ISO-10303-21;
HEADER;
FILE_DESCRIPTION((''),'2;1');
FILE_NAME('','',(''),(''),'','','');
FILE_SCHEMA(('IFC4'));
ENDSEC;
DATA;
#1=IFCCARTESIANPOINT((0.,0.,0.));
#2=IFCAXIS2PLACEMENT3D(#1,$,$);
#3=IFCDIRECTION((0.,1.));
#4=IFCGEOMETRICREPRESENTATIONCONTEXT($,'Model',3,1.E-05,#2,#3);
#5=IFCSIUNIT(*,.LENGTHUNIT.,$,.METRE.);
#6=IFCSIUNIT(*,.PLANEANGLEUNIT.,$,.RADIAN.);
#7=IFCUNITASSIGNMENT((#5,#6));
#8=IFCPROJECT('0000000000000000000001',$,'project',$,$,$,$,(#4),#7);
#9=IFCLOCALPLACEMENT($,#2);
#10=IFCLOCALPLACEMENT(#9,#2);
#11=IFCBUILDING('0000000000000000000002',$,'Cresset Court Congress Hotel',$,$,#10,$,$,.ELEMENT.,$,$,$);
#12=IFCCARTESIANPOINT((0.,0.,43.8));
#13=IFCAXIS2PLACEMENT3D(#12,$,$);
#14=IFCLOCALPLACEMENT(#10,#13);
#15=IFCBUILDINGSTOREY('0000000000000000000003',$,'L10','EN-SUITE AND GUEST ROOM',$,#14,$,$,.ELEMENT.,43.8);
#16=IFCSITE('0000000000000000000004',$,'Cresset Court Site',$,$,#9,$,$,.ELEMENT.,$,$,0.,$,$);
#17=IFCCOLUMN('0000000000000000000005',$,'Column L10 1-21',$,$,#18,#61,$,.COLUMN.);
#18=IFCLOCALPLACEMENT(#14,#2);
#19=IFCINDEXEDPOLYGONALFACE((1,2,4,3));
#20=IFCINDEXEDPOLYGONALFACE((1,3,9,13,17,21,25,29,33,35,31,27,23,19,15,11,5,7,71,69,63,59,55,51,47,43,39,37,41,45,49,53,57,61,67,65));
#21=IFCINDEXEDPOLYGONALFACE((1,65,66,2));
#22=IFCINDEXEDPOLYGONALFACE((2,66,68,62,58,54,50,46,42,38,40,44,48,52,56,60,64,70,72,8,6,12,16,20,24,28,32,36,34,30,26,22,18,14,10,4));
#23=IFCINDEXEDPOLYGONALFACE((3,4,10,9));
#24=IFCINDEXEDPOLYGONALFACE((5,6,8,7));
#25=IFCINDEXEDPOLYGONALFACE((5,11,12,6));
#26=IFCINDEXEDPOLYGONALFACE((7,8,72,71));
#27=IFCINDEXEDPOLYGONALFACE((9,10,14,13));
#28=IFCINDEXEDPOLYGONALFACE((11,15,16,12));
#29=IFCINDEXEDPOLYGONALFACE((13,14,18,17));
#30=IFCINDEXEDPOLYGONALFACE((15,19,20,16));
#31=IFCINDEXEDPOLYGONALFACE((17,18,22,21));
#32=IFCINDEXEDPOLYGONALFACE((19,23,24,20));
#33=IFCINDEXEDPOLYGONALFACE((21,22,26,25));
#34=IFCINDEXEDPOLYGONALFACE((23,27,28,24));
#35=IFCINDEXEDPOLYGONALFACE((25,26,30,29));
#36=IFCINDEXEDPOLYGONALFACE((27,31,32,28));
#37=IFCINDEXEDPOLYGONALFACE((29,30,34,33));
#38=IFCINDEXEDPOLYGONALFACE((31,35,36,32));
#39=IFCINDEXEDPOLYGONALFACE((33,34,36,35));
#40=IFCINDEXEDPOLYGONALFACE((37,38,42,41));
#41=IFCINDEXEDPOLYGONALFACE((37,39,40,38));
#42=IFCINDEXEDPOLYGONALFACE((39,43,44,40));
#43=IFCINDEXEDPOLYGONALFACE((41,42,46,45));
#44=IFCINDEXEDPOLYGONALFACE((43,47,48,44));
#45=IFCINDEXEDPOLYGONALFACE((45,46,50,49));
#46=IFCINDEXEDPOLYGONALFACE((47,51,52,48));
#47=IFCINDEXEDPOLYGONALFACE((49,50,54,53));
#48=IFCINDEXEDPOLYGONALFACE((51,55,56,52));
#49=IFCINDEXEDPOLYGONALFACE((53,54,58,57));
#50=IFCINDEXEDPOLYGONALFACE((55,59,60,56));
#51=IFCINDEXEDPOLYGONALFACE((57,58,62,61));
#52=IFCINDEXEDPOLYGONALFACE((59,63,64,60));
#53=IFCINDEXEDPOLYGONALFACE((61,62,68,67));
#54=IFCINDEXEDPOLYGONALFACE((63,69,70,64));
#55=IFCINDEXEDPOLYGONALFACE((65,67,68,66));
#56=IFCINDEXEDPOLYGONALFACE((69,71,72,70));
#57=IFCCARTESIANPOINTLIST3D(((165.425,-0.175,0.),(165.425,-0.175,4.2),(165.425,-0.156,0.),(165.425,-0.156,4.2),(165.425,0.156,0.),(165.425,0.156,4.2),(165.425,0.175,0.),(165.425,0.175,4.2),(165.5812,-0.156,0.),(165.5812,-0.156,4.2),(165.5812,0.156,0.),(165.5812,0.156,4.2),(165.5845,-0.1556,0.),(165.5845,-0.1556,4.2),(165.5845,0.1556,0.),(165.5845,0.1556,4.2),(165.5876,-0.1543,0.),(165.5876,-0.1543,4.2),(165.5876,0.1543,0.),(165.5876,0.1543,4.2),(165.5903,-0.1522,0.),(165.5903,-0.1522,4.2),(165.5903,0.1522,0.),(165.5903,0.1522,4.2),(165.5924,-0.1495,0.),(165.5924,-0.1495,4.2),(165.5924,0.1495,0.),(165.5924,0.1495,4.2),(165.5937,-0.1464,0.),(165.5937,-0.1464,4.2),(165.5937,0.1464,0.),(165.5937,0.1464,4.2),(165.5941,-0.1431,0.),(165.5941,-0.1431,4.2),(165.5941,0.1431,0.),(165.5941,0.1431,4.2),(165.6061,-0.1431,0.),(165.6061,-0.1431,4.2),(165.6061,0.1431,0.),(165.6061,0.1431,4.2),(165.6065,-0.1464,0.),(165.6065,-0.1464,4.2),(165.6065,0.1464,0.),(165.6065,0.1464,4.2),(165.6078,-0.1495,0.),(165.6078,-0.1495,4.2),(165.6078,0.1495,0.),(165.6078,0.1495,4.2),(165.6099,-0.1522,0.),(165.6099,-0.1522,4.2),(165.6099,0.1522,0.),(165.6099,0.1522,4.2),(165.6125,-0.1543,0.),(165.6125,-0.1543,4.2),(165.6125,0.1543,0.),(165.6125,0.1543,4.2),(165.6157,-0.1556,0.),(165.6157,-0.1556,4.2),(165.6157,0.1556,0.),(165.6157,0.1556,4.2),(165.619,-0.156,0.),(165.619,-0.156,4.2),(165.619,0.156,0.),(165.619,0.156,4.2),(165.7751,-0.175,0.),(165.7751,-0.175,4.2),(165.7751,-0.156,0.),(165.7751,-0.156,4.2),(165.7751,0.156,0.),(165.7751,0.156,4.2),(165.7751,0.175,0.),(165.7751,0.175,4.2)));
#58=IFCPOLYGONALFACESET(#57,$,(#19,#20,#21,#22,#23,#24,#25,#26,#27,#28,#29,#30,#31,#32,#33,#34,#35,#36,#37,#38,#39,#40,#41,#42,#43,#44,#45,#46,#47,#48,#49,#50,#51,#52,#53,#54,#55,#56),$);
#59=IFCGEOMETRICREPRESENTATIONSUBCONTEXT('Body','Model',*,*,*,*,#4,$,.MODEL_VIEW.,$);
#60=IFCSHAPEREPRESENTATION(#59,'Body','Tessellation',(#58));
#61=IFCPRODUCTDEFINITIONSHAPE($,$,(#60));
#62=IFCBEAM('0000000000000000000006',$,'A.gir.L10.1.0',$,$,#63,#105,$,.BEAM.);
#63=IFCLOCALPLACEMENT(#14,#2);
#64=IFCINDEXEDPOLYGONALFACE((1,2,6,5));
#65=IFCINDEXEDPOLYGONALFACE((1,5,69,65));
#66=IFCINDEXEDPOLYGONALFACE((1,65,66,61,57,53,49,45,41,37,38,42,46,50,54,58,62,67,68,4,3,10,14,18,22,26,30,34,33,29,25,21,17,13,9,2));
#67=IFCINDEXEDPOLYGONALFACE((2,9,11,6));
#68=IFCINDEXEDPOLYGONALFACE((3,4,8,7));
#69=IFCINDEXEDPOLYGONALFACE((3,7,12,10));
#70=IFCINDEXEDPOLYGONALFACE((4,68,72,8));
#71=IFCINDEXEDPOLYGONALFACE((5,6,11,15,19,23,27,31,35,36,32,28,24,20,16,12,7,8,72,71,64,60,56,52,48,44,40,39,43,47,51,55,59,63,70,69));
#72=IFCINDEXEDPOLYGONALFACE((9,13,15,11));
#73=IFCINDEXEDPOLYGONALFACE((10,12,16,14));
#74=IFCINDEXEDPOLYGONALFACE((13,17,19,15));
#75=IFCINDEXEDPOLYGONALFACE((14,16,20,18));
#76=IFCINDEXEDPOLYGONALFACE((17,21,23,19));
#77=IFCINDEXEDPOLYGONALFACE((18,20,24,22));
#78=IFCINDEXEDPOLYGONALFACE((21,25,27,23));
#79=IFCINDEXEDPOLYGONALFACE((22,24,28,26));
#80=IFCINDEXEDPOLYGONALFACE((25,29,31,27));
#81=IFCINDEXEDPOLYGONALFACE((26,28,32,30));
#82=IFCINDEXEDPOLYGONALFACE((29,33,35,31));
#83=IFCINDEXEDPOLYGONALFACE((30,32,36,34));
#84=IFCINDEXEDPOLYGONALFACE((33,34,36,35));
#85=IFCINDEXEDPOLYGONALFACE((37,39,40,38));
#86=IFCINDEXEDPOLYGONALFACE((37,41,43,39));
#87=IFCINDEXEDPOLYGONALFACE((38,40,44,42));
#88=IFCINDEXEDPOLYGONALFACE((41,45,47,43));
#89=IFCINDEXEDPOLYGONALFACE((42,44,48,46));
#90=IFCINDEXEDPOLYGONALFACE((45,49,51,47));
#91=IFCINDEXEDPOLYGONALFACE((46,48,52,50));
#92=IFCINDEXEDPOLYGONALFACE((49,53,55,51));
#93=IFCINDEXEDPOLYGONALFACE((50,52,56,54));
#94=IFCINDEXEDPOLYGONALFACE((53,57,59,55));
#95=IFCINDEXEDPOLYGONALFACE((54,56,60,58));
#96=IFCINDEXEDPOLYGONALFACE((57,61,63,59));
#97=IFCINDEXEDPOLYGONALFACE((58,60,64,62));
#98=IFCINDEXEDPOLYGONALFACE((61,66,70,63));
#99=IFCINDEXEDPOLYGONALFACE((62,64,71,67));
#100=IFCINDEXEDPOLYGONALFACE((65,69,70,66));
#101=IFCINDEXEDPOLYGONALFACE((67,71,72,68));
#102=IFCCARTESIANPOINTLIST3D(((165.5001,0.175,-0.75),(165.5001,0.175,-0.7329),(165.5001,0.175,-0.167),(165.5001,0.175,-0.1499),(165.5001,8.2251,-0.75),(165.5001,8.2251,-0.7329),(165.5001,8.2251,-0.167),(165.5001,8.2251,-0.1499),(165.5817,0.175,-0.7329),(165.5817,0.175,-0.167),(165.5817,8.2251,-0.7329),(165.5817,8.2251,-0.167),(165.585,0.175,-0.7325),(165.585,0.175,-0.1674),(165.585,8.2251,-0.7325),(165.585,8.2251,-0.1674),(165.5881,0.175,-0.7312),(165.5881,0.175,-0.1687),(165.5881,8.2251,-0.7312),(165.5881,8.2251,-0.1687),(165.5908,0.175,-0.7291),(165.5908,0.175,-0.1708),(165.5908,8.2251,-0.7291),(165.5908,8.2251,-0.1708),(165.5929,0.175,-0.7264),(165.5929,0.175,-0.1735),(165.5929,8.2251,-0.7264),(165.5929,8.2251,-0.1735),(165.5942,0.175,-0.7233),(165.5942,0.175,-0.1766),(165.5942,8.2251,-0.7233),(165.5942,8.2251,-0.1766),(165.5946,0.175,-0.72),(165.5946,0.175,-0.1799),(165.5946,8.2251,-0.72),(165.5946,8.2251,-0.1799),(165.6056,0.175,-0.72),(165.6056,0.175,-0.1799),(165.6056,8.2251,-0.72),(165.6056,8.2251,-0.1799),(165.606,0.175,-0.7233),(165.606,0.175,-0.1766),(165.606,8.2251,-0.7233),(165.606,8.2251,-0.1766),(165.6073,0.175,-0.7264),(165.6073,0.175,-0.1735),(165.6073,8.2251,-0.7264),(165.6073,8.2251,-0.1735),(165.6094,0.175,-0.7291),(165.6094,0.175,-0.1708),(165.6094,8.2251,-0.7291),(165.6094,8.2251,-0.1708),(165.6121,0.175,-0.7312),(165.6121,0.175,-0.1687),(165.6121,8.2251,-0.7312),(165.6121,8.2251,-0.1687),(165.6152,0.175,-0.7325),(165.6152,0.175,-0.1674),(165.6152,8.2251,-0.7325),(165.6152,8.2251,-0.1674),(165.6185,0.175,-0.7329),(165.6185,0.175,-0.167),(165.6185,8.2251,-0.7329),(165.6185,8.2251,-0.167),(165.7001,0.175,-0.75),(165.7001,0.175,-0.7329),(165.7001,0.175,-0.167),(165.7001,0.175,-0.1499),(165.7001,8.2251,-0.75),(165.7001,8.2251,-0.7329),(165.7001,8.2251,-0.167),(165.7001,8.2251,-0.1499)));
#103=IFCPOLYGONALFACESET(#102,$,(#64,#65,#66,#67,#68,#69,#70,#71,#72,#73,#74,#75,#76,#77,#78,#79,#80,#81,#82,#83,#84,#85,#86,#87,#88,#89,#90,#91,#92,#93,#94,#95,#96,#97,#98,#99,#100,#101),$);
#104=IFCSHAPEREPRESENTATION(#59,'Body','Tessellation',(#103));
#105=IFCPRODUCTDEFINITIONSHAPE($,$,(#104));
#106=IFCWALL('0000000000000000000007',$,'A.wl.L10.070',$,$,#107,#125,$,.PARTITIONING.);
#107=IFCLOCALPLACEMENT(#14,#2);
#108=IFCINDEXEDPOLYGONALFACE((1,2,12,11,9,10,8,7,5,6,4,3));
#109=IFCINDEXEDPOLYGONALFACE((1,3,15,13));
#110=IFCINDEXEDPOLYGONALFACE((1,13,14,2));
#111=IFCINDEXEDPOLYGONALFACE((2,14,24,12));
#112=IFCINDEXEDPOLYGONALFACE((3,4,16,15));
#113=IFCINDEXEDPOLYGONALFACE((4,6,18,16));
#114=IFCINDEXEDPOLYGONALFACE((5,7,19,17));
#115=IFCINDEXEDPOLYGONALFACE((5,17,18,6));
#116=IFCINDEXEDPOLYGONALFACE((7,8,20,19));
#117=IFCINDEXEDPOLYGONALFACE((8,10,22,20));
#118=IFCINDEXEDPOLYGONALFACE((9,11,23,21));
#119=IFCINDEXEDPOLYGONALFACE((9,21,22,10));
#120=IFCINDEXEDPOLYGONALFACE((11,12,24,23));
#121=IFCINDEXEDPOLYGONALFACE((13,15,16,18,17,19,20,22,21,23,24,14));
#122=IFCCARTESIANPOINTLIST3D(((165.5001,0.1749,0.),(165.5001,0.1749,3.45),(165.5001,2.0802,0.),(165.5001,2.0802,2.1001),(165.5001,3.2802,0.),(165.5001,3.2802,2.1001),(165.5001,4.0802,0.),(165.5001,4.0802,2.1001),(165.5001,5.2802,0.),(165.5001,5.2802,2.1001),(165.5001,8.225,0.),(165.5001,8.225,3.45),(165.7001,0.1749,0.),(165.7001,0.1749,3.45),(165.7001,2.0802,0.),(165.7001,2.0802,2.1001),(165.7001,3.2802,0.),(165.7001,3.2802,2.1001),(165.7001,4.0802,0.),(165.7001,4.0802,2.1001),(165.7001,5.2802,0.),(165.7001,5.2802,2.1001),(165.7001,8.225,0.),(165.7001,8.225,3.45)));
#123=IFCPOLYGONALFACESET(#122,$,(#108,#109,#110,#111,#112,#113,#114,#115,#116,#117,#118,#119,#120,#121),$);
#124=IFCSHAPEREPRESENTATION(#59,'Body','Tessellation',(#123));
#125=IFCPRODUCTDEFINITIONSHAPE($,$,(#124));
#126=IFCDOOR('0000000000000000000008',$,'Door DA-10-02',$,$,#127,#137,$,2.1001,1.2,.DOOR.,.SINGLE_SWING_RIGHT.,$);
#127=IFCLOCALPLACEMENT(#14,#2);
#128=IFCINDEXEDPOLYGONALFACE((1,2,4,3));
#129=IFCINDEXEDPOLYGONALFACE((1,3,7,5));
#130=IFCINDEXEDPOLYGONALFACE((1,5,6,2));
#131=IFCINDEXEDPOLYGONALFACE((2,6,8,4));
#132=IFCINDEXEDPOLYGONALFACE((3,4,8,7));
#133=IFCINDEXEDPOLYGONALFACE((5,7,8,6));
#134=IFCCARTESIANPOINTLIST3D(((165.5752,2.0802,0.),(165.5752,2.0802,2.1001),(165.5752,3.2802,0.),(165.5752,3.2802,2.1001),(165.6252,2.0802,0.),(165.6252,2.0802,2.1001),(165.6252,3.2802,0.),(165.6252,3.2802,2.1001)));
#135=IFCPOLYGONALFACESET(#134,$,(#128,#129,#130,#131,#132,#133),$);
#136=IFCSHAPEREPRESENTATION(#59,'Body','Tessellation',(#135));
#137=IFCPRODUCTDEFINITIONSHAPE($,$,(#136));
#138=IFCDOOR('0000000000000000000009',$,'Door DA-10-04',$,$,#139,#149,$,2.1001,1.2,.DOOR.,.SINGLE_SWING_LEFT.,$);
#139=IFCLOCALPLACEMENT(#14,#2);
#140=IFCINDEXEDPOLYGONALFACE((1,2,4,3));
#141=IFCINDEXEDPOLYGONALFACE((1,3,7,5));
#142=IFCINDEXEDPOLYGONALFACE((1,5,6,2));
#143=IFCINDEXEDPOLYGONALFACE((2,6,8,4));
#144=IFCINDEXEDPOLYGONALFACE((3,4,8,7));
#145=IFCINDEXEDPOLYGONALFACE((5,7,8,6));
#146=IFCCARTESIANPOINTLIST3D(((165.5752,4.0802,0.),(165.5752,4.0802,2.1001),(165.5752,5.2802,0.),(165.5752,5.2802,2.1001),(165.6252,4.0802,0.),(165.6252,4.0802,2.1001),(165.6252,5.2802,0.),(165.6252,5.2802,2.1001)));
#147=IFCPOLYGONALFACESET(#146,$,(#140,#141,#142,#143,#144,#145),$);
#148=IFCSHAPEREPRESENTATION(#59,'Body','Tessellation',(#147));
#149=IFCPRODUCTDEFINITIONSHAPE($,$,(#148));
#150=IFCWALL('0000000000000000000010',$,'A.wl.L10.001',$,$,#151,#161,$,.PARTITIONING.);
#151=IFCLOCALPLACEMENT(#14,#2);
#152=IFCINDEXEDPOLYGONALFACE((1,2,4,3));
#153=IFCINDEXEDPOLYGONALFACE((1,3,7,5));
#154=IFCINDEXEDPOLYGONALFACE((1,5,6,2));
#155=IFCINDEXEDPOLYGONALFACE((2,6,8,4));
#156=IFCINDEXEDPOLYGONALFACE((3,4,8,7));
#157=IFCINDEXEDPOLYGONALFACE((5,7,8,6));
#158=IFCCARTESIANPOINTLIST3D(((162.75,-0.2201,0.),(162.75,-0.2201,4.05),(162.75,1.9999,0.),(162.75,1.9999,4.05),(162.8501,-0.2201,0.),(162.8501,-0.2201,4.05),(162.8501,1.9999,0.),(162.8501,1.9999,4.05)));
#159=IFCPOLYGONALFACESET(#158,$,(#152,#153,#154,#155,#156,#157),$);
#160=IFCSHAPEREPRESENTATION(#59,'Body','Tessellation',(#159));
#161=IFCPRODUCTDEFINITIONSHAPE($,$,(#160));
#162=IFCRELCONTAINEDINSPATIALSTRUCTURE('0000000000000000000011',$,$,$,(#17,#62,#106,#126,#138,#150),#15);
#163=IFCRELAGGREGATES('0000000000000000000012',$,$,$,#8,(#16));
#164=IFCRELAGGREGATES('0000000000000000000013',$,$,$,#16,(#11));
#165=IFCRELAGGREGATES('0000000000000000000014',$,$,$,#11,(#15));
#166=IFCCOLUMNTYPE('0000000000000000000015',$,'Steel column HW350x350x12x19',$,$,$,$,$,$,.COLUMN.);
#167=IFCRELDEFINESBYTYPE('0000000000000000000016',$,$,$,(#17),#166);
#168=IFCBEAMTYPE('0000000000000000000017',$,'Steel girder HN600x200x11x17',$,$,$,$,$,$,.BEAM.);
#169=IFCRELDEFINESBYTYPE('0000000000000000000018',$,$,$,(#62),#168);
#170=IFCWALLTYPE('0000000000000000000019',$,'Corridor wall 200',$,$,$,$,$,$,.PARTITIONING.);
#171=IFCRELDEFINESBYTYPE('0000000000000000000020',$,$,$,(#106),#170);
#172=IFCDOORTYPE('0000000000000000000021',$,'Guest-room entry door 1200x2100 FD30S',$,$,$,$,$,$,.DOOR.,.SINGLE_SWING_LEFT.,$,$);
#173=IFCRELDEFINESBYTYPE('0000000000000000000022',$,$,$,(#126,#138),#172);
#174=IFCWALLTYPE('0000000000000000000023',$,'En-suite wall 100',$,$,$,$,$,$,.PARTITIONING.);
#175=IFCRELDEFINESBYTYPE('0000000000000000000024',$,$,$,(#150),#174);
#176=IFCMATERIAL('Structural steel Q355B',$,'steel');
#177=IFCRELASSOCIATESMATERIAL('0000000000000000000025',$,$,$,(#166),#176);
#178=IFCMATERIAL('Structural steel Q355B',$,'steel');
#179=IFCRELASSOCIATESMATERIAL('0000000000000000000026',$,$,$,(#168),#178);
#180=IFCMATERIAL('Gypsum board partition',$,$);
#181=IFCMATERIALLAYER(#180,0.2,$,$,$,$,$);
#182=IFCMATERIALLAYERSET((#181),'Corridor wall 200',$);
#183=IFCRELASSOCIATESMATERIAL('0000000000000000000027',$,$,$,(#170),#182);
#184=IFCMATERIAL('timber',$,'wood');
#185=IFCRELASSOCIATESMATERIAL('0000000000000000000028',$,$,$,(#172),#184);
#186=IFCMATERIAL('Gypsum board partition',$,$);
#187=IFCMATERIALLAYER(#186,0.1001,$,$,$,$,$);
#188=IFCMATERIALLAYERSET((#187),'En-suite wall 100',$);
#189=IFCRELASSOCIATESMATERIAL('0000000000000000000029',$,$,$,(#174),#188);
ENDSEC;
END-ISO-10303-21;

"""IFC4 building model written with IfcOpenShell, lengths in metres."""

from ifc_helpers import new_model, si_unit, direction, frame, frame_2d, origin, origin_2d, place, context, subcontext, project, spatial, rectangle, i_section, extrude, material, layer, layer_set, material_profile, profile_set, type_object, element, fill, save


model = new_model("IFC4")

# Units and contexts
model_context = context("Model", 3, precision=1e-05, world=origin(), true_north=direction((0.0, 1.0)))
body_context = subcontext(model_context, "Body", "Model", "MODEL_VIEW")
ifc_project = project(units=[si_unit("LENGTHUNIT", "METRE"), si_unit("PLANEANGLEUNIT", "RADIAN")], contexts=[model_context])

# Site, building, storey
site_placement = place(None, origin())
site = spatial("IfcSite", under=ifc_project, at=site_placement, Name="Cresset Court Site", CompositionType="ELEMENT", RefElevation=0.0)
building_placement = place(site_placement, origin())
building = spatial("IfcBuilding", under=site, at=building_placement, Name="Cresset Court Congress Hotel", CompositionType="ELEMENT")
storey_placement = place(building_placement, frame((0.0, 0.0, 43.8)))
storey = spatial("IfcBuildingStorey", under=building, at=storey_placement, Name="L10", Description="EN-SUITE AND GUEST ROOM", CompositionType="ELEMENT", Elevation=43.8)

# Column
ifc_material_1 = material(Name="Structural steel Q355B", Category="steel")
ifc_material_profile_1 = material_profile(ifc_material_1, i_section(OverallWidth=0.3501, OverallDepth=0.3501, WebThickness=0.012, FlangeThickness=0.019, FilletRadius=0.0129, at=origin_2d()), Name="HW350x350x12x19")
ifc_profile_set_1 = profile_set([ifc_material_profile_1], Name="Structural steel Q355B")
column_type = type_object("IfcColumnType", Name="Steel column HW350x350x12x19", PredefinedType="COLUMN", material=ifc_profile_set_1)
column_placement = place(storey_placement, frame((165.6001, 0.0, 0.0), z_axis=(0.0, 0.0, 1.0), x_axis=(1.0, 0.0, 0.0)))
element("IfcColumn", 1, at=column_placement, inside=storey, type_object=column_type, Name="Column L10 1-21", PredefinedType="COLUMN", context=body_context, shape_type="SweptSolid", body=[
    extrude(i_section(OverallWidth=0.3501, OverallDepth=0.3501, WebThickness=0.012, FlangeThickness=0.019, FilletRadius=0.0129, at=origin_2d()), origin(), (0.0, 0.0, 1.0), 4.2),
])

# Beam
ifc_material_2 = material(Name="Structural steel Q355B", Category="steel")
ifc_material_profile_2 = material_profile(ifc_material_2, i_section(OverallWidth=0.2, OverallDepth=0.6001, WebThickness=0.011, FlangeThickness=0.0171, FilletRadius=0.0129, at=origin_2d()), Name="HN600x200x11x17")
ifc_profile_set_2 = profile_set([ifc_material_profile_2], Name="Structural steel Q355B")
beam_type = type_object("IfcBeamType", Name="Steel girder HN600x200x11x17", PredefinedType="BEAM", material=ifc_profile_set_2)
beam_placement = place(storey_placement, frame((165.6001, 0.175, -0.45), z_axis=(0.0, 1.0, 0.0), x_axis=(-1.0, 0.0, 0.0)))
element("IfcBeam", 2, at=beam_placement, inside=storey, type_object=beam_type, Name="A.gir.L10.1.0", PredefinedType="BEAM", context=body_context, shape_type="SweptSolid", body=[
    extrude(i_section(OverallWidth=0.2, OverallDepth=0.6001, WebThickness=0.011, FlangeThickness=0.0171, FilletRadius=0.0129, at=origin_2d()), origin(), (0.0, 0.0, 1.0), 8.05),
])

# Wall, openings, doors
ifc_material_3 = material(Name="Gypsum board partition")
ifc_layer_1 = layer(ifc_material_3, 0.2)
ifc_layer_set_1 = layer_set([ifc_layer_1], Name="Corridor wall 200")
wall_type_1 = type_object("IfcWallType", Name="Corridor wall 200", PredefinedType="PARTITIONING", material=ifc_layer_set_1)
wall_1_placement = place(storey_placement, frame((165.6001, 0.175, 0.0), z_axis=(0.0, 0.0, 1.0), x_axis=(0.0, 1.0, 0.0)))
wall_1 = element("IfcWall", 3, at=wall_1_placement, inside=storey, type_object=wall_type_1, Name="A.wl.L10.070", PredefinedType="PARTITIONING", context=body_context, shape_type="SweptSolid", body=[
    extrude(rectangle(XDim=8.05, YDim=0.2, at=frame_2d((4.0249, 0.0))), origin(), (0.0, 0.0, 1.0), 3.45),
])
opening_1_placement = place(wall_1_placement, frame((1.905, 0.0, 0.0)))
opening_1 = element("IfcOpeningElement", 4, at=opening_1_placement, cuts=wall_1, PredefinedType="OPENING", context=body_context, shape_type="SweptSolid", body=[
    extrude(rectangle(XDim=1.2, YDim=2.1001, at=frame_2d((0.6001, 1.05))), frame((0.0, 0.1099, 0.0), z_axis=(0.0, -1.0, 0.0), x_axis=(1.0, 0.0, 0.0)), (0.0, 0.0, 1.0), 0.22),
])
opening_2_placement = place(wall_1_placement, frame((3.905, 0.0, 0.0)))
opening_2 = element("IfcOpeningElement", 5, at=opening_2_placement, cuts=wall_1, PredefinedType="OPENING", context=body_context, shape_type="SweptSolid", body=[
    extrude(rectangle(XDim=1.2, YDim=2.1001, at=frame_2d((0.6001, 1.05))), frame((0.0, 0.1099, 0.0), z_axis=(0.0, -1.0, 0.0), x_axis=(1.0, 0.0, 0.0)), (0.0, 0.0, 1.0), 0.22),
])
ifc_material_4 = material(Name="timber", Category="wood")
door_type_1 = type_object("IfcDoorType", Name="Guest-room entry door 1200x2100 FD30S", OperationType="SINGLE_SWING_LEFT", PredefinedType="DOOR", material=ifc_material_4)
door_1_placement = place(opening_1_placement, origin())
door_1 = element("IfcDoor", 6, at=door_1_placement, inside=storey, type_object=door_type_1, Name="Door DA-10-02", OperationType="SINGLE_SWING_RIGHT", OverallHeight=2.1001, OverallWidth=1.2, PredefinedType="DOOR", context=body_context, shape_type="SweptSolid", body=[
    extrude(rectangle(XDim=1.2, YDim=2.1001, at=frame_2d((0.6001, 1.05))), frame((0.0, 0.0249, 0.0), z_axis=(0.0, -1.0, 0.0), x_axis=(1.0, 0.0, 0.0)), (0.0, 0.0, 1.0), 0.05),
])
fill(opening_1, door_1)
door_2_placement = place(opening_2_placement, origin())
door_2 = element("IfcDoor", 7, at=door_2_placement, inside=storey, type_object=door_type_1, Name="Door DA-10-04", OperationType="SINGLE_SWING_LEFT", OverallHeight=2.1001, OverallWidth=1.2, PredefinedType="DOOR", context=body_context, shape_type="SweptSolid", body=[
    extrude(rectangle(XDim=1.2, YDim=2.1001, at=frame_2d((0.6001, 1.05))), frame((0.0, 0.0249, 0.0), z_axis=(0.0, -1.0, 0.0), x_axis=(1.0, 0.0, 0.0)), (0.0, 0.0, 1.0), 0.05),
])
fill(opening_2, door_2)

# Wall
ifc_material_5 = material(Name="Gypsum board partition")
ifc_layer_2 = layer(ifc_material_5, 0.1001)
ifc_layer_set_2 = layer_set([ifc_layer_2], Name="En-suite wall 100")
wall_type_2 = type_object("IfcWallType", Name="En-suite wall 100", PredefinedType="PARTITIONING", material=ifc_layer_set_2)
wall_2_placement = place(storey_placement, frame((162.8, -0.22, 0.0), z_axis=(0.0, 0.0, 1.0), x_axis=(0.0, 1.0, 0.0)))
element("IfcWall", 8, at=wall_2_placement, inside=storey, type_object=wall_type_2, Name="A.wl.L10.001", PredefinedType="PARTITIONING", context=body_context, shape_type="SweptSolid", body=[
    extrude(rectangle(XDim=2.22, YDim=0.1001, at=frame_2d((1.1099, 0.0))), origin(), (0.0, 0.0, 1.0), 4.05),
])

save(model, "model.ifc")
